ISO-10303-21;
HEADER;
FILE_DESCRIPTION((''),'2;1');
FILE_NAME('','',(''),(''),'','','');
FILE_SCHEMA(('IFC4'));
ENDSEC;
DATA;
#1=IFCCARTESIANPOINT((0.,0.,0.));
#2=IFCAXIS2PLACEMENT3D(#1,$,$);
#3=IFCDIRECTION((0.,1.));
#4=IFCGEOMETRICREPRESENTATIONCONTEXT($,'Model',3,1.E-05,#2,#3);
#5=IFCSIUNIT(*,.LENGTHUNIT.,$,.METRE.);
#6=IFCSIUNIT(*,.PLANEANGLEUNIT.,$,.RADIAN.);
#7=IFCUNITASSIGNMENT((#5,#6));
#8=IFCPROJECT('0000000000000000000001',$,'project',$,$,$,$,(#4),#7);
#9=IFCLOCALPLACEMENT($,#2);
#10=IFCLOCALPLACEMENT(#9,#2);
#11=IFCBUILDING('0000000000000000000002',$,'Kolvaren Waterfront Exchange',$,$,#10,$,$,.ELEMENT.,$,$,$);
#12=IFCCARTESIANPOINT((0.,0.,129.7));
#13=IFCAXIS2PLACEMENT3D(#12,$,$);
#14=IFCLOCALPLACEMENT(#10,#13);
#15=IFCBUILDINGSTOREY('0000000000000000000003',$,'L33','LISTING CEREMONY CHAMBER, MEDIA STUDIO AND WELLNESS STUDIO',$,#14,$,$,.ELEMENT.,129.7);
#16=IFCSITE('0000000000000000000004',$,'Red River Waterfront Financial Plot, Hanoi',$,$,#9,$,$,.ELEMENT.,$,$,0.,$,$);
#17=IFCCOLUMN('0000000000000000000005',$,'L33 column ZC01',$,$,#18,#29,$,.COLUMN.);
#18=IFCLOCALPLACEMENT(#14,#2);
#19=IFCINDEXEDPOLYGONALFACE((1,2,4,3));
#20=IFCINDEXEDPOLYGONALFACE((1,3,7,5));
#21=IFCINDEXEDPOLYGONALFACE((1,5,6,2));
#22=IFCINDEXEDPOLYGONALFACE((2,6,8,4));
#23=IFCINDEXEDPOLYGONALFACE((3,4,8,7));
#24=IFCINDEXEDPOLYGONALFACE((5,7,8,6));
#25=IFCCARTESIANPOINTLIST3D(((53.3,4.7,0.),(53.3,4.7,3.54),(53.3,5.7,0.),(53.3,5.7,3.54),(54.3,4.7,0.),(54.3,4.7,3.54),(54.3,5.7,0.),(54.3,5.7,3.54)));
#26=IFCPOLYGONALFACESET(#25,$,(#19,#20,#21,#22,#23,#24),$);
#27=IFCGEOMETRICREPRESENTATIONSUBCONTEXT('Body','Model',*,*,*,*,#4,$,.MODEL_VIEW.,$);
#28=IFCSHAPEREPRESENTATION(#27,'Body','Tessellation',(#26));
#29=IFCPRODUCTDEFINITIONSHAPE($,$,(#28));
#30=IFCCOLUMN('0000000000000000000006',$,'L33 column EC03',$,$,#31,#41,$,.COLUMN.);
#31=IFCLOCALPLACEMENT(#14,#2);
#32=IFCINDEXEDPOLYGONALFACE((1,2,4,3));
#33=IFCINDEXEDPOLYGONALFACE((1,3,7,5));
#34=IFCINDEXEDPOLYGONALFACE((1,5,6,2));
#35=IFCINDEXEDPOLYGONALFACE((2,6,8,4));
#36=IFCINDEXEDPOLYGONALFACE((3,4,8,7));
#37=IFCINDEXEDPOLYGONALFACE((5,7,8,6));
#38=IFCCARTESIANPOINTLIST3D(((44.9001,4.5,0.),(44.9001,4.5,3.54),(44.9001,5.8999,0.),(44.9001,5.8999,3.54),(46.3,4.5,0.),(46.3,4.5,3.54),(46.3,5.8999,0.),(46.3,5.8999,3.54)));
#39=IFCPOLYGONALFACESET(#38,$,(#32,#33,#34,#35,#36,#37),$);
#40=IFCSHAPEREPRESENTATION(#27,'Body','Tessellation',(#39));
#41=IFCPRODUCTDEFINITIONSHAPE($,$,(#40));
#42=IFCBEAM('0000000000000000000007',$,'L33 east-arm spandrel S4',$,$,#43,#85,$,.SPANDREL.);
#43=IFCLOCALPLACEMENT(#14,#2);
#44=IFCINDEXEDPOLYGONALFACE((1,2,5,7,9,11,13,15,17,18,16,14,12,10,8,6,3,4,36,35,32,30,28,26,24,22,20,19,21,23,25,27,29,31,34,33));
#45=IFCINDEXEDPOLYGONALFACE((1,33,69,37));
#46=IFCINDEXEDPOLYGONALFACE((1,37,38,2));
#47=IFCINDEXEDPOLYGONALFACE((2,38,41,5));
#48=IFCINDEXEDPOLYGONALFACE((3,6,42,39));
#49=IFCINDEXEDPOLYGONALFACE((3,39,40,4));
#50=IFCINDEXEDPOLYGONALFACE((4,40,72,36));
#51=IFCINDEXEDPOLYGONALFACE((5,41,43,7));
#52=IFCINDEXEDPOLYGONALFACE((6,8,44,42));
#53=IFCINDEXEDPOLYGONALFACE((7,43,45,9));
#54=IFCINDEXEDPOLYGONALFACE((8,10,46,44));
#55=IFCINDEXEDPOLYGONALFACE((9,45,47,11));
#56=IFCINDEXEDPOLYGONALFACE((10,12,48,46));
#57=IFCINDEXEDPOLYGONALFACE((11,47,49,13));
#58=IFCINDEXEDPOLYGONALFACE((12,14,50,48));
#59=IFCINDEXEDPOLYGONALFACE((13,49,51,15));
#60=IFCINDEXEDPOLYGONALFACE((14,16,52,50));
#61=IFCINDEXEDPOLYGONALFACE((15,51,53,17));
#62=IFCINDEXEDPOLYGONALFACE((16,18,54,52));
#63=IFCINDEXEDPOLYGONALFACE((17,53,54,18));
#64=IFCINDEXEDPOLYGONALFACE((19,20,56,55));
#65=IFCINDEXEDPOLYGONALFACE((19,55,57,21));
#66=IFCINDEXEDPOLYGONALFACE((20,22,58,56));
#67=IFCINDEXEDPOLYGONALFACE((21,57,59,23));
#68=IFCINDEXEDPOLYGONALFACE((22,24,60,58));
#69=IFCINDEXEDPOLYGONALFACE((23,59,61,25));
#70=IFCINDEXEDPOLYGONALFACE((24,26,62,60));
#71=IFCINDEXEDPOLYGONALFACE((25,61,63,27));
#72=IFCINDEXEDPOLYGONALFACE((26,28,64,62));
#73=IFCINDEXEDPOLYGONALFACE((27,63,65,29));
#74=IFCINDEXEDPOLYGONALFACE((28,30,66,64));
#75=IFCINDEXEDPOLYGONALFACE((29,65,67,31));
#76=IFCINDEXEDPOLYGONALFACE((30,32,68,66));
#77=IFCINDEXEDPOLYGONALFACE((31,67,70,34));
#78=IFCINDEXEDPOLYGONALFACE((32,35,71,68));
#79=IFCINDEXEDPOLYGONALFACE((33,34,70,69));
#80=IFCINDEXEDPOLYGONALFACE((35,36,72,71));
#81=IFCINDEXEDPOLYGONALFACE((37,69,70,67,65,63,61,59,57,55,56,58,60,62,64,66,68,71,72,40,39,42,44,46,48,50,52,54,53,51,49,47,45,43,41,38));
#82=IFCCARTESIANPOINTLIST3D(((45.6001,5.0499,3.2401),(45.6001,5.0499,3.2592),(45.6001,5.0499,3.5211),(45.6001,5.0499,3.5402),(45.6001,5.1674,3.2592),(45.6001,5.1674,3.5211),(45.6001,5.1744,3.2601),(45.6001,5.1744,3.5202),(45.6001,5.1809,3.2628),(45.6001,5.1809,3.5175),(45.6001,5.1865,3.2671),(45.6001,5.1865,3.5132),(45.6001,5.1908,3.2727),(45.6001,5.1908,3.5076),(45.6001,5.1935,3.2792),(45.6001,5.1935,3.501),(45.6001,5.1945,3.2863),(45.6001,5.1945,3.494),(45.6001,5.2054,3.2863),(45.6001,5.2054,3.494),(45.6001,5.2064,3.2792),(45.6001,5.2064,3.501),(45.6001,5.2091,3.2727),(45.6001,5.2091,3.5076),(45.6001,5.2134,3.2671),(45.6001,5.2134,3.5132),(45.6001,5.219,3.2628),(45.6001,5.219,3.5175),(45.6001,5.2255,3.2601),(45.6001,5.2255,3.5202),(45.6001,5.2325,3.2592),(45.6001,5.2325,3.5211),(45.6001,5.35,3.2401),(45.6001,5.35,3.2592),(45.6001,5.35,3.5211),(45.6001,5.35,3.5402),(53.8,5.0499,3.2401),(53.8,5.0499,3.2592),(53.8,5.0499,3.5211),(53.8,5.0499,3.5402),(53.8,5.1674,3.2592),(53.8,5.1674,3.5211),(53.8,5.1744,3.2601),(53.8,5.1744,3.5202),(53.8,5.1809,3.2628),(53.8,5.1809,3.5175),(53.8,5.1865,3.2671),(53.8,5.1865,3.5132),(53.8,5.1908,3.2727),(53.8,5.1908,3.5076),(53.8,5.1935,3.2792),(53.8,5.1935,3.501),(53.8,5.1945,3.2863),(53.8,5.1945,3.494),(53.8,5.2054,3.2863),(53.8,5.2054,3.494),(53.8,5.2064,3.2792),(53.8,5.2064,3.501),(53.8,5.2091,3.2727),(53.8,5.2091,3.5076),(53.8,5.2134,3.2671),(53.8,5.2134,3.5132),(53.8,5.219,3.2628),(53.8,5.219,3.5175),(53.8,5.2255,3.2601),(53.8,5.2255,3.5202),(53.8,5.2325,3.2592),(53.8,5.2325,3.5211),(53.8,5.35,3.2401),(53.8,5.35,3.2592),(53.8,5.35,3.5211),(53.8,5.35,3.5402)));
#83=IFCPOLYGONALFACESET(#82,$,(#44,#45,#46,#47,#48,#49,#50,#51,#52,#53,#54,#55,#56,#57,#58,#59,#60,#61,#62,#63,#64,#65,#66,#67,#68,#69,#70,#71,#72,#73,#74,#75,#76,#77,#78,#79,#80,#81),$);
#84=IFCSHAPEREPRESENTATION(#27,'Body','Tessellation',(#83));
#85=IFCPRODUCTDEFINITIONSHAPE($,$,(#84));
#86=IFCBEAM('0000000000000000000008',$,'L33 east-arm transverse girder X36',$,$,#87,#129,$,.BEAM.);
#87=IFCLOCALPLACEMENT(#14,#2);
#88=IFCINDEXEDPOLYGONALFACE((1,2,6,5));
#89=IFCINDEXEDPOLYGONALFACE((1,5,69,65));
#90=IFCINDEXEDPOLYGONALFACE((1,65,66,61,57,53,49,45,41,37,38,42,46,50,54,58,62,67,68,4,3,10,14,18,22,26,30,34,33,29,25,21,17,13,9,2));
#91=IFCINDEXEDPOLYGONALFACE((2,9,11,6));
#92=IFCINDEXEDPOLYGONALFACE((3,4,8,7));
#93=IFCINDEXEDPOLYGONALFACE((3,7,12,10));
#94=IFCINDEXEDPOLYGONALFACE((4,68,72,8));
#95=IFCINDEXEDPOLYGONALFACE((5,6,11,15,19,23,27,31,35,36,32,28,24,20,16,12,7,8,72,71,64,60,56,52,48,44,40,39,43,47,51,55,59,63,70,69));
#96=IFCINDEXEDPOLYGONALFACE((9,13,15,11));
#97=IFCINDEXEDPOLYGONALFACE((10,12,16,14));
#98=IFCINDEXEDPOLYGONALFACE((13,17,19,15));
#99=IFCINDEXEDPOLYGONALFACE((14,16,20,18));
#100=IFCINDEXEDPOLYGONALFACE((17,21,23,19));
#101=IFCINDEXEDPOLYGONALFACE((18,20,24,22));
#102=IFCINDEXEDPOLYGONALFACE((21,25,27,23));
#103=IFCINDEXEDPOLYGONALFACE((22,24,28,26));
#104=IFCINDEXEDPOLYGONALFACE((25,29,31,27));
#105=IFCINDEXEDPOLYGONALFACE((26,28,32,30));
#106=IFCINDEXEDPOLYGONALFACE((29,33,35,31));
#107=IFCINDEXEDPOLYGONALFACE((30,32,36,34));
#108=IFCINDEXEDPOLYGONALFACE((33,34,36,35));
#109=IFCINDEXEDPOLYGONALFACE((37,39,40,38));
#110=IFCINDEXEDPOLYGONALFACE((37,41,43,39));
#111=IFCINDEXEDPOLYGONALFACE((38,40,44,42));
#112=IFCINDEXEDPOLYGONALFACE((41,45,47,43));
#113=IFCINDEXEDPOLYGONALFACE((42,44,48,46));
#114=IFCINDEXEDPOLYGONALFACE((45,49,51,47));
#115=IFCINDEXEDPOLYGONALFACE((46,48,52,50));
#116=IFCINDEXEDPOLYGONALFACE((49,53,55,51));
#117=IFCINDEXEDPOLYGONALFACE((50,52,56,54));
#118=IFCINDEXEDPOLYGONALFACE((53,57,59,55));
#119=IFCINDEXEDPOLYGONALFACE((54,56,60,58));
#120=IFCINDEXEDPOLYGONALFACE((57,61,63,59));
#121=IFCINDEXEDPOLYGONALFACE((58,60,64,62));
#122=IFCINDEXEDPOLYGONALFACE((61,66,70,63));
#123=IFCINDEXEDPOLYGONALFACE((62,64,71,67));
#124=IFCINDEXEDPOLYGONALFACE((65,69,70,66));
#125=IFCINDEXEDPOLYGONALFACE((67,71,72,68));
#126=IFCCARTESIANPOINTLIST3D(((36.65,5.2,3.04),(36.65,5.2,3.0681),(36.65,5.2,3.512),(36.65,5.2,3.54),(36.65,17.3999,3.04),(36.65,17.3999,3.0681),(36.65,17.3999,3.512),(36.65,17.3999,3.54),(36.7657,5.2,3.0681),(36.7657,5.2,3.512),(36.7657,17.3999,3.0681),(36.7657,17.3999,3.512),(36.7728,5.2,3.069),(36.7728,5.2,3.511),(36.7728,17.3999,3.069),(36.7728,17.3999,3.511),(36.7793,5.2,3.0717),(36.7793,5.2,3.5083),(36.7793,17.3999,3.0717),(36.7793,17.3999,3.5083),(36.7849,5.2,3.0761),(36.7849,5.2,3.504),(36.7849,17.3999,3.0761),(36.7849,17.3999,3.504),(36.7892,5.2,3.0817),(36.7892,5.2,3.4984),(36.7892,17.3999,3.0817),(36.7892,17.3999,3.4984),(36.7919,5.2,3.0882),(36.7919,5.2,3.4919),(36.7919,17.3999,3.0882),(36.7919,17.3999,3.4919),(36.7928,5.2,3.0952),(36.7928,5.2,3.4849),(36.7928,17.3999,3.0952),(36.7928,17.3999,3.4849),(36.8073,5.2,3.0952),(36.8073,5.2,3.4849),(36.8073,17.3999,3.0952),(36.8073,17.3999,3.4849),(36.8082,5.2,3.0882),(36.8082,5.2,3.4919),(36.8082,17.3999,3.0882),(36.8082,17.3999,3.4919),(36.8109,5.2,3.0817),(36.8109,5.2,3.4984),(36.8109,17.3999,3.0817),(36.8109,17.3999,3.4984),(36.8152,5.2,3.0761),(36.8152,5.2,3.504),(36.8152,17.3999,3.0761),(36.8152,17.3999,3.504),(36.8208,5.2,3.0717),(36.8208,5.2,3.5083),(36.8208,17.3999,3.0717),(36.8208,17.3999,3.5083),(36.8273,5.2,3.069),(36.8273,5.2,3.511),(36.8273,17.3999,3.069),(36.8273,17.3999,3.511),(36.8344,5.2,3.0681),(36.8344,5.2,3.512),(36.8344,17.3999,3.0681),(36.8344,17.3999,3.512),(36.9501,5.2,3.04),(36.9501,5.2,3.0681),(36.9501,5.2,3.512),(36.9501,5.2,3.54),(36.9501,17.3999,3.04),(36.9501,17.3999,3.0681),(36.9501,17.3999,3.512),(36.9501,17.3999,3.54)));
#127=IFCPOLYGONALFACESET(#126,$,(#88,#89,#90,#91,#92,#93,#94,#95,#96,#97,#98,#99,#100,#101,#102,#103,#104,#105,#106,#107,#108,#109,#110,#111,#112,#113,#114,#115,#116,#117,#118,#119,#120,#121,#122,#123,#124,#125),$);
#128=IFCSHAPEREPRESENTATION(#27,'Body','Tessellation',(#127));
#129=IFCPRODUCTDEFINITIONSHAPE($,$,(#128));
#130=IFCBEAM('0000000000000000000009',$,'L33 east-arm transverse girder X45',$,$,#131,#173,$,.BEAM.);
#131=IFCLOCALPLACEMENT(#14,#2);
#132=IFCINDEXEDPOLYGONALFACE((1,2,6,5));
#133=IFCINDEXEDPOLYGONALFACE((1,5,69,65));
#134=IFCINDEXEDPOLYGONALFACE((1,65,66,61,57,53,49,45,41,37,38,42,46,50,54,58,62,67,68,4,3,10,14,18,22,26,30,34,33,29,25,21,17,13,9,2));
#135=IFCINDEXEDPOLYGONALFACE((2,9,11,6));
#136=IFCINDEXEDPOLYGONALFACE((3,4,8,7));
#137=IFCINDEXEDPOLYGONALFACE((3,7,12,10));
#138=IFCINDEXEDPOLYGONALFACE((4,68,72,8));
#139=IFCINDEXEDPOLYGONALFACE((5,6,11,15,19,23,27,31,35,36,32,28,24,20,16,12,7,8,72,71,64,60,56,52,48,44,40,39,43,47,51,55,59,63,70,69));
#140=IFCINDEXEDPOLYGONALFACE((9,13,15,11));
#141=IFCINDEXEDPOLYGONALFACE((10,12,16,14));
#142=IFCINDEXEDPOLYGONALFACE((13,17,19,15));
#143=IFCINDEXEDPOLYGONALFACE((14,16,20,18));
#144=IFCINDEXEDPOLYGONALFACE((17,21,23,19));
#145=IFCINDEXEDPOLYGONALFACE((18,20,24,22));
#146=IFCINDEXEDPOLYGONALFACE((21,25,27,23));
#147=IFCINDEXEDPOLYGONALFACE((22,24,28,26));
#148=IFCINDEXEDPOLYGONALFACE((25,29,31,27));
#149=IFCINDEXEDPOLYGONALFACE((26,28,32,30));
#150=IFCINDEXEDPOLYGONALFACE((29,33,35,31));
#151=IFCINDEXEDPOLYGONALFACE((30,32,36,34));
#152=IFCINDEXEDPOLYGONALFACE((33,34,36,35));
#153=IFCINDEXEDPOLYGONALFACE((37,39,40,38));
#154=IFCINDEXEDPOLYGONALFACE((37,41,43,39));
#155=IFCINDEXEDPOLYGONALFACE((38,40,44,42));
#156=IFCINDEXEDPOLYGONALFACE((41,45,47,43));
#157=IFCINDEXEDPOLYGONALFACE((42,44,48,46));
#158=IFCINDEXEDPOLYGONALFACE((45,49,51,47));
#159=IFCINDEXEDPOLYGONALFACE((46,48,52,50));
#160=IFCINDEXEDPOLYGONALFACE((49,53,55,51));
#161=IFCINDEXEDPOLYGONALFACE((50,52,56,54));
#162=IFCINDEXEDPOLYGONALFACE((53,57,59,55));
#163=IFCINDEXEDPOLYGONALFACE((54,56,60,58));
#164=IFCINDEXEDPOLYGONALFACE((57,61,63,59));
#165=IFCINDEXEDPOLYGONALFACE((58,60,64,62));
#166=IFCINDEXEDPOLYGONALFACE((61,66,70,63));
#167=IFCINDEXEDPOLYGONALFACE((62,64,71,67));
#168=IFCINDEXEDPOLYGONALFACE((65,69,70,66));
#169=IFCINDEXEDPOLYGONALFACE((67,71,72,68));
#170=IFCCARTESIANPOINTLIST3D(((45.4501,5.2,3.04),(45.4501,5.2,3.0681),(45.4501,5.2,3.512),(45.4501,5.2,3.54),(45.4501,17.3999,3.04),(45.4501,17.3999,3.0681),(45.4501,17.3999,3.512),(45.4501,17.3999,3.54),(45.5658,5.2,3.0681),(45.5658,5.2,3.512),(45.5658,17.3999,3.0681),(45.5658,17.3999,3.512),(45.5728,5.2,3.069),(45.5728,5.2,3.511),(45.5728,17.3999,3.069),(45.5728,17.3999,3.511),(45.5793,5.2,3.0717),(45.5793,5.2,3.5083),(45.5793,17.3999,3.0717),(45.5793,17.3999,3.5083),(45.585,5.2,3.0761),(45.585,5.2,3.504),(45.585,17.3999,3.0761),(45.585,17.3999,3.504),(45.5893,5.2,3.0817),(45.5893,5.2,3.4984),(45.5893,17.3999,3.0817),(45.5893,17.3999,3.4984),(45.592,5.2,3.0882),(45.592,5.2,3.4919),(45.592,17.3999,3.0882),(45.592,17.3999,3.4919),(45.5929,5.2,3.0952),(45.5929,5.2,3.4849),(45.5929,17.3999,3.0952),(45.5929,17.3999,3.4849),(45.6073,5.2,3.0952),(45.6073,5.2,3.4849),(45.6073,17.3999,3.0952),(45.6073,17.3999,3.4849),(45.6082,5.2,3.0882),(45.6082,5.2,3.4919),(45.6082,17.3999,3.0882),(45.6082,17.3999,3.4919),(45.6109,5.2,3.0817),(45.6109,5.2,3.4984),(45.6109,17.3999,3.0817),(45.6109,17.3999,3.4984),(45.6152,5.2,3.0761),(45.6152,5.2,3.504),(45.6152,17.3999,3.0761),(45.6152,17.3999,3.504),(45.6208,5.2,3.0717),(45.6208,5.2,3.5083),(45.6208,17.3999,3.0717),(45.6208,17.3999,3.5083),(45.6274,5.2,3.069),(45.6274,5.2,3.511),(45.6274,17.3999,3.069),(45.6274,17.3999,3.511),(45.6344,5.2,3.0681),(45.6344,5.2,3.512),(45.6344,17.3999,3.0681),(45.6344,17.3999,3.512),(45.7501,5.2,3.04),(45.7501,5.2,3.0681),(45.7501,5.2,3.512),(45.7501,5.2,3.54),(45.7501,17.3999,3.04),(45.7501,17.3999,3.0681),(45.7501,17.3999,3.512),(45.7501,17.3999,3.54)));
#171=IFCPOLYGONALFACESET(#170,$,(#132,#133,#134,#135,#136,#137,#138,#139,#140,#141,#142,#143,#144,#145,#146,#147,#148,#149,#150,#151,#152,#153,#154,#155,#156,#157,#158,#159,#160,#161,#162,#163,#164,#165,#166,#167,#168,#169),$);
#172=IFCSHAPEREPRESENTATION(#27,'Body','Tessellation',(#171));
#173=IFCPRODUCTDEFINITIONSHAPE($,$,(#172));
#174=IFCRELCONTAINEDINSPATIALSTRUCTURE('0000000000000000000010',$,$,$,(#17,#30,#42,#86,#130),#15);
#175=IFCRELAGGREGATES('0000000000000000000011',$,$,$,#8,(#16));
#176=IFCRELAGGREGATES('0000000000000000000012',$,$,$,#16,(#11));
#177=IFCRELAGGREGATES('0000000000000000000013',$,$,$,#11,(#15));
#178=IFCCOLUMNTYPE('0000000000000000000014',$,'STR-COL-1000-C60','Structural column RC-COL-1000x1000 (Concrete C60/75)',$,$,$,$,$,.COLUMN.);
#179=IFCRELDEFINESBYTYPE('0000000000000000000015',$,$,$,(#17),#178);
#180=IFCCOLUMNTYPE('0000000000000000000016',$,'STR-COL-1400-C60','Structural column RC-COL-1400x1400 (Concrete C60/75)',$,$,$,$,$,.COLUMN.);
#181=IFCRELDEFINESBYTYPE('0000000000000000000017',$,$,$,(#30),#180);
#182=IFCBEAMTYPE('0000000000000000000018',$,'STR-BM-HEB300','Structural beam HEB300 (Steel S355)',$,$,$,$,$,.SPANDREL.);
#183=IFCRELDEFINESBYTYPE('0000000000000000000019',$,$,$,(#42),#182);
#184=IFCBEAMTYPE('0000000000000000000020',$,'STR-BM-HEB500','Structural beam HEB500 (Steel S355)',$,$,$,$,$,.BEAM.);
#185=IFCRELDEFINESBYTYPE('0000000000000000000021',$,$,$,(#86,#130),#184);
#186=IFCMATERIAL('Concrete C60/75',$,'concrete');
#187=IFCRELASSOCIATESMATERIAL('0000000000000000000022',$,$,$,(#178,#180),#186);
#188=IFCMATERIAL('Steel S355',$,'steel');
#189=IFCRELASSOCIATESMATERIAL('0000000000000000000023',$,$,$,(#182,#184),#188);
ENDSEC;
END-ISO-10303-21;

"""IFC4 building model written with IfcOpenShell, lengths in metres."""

from ifc_helpers import new_model, si_unit, direction, frame, origin, origin_2d, place, context, subcontext, project, spatial, rectangle, i_section, extrude, material, material_profile, profile_set, type_object, element, save


model = new_model("IFC4")

# Units and contexts
model_context = context("Model", 3, precision=1e-05, world=origin(), true_north=direction((0.0, 1.0)))
body_context = subcontext(model_context, "Body", "Model", "MODEL_VIEW")
ifc_project = project(units=[si_unit("LENGTHUNIT", "METRE"), si_unit("PLANEANGLEUNIT", "RADIAN")], contexts=[model_context])

# Site, building, storey
site_placement = place(None, origin())
site = spatial("IfcSite", under=ifc_project, at=site_placement, Name="Red River Waterfront Financial Plot, Hanoi", CompositionType="ELEMENT", RefElevation=0.0)
building_placement = place(site_placement, origin())
building = spatial("IfcBuilding", under=site, at=building_placement, Name="Kolvaren Waterfront Exchange", CompositionType="ELEMENT")
storey_placement = place(building_placement, frame((0.0, 0.0, 129.7)))
storey = spatial("IfcBuildingStorey", under=building, at=storey_placement, Name="L33", Description="LISTING CEREMONY CHAMBER, MEDIA STUDIO AND WELLNESS STUDIO", CompositionType="ELEMENT", Elevation=129.7)

# Columns
ifc_material_1 = material(Name="Concrete C60/75", Category="concrete")
ifc_material_profile_1 = material_profile(ifc_material_1, rectangle(XDim=1.0, YDim=1.0, at=origin_2d()), Name="RC-COL-1000x1000")
ifc_profile_set_1 = profile_set([ifc_material_profile_1], Name="Concrete C60/75")
column_type_1 = type_object("IfcColumnType", Name="STR-COL-1000-C60", Description="Structural column RC-COL-1000x1000 (Concrete C60/75)", PredefinedType="COLUMN", material=ifc_profile_set_1)
column_1_placement = place(storey_placement, frame((53.8, 5.2, 0.0), z_axis=(0.0, 0.0, 1.0), x_axis=(1.0, 0.0, 0.0)))
element("IfcColumn", 1, at=column_1_placement, inside=storey, type_object=column_type_1, Name="L33 column ZC01", PredefinedType="COLUMN", context=body_context, shape_type="SweptSolid", body=[
    extrude(rectangle(XDim=1.0, YDim=1.0, at=origin_2d()), origin(), (0.0, 0.0, 1.0), 3.54),
])
ifc_material_profile_2 = material_profile(ifc_material_1, rectangle(XDim=1.3999, YDim=1.3999, at=origin_2d()), Name="RC-COL-1400x1400")
ifc_profile_set_2 = profile_set([ifc_material_profile_2], Name="Concrete C60/75")
column_type_2 = type_object("IfcColumnType", Name="STR-COL-1400-C60", Description="Structural column RC-COL-1400x1400 (Concrete C60/75)", PredefinedType="COLUMN", material=ifc_profile_set_2)
column_2_placement = place(storey_placement, frame((45.6001, 5.2, 0.0), z_axis=(0.0, 0.0, 1.0), x_axis=(1.0, 0.0, 0.0)))
element("IfcColumn", 2, at=column_2_placement, inside=storey, type_object=column_type_2, Name="L33 column EC03", PredefinedType="COLUMN", context=body_context, shape_type="SweptSolid", body=[
    extrude(rectangle(XDim=1.3999, YDim=1.3999, at=origin_2d()), origin(), (0.0, 0.0, 1.0), 3.54),
])

# Beams
ifc_material_2 = material(Name="Steel S355", Category="steel")
ifc_material_profile_3 = material_profile(ifc_material_2, i_section(OverallWidth=0.3, OverallDepth=0.3, WebThickness=0.011, FlangeThickness=0.019, FilletRadius=0.0271, at=origin_2d()), Name="HEB300")
ifc_profile_set_3 = profile_set([ifc_material_profile_3], Name="Steel S355")
beam_type_1 = type_object("IfcBeamType", Name="STR-BM-HEB300", Description="Structural beam HEB300 (Steel S355)", PredefinedType="SPANDREL", material=ifc_profile_set_3)
beam_1_placement = place(storey_placement, frame((45.6001, 5.2, 3.3901), z_axis=(1.0, 0.0, 0.0), x_axis=(0.0, 1.0, 0.0)))
element("IfcBeam", 3, at=beam_1_placement, inside=storey, type_object=beam_type_1, Name="L33 east-arm spandrel S4", PredefinedType="SPANDREL", context=body_context, shape_type="SweptSolid", body=[
    extrude(i_section(OverallWidth=0.3, OverallDepth=0.3, WebThickness=0.011, FlangeThickness=0.019, FilletRadius=0.0271, at=origin_2d()), origin(), (0.0, 0.0, 1.0), 8.2),
])
ifc_material_profile_4 = material_profile(ifc_material_2, i_section(OverallWidth=0.3, OverallDepth=0.5, WebThickness=0.0144, FlangeThickness=0.0281, FilletRadius=0.0271, at=origin_2d()), Name="HEB500")
ifc_profile_set_4 = profile_set([ifc_material_profile_4], Name="Steel S355")
beam_type_2 = type_object("IfcBeamType", Name="STR-BM-HEB500", Description="Structural beam HEB500 (Steel S355)", PredefinedType="BEAM", material=ifc_profile_set_4)
for number, where, z_axis, x_axis, name in (
    (4, (36.8, 5.2, 3.29), (0.0, 1.0, 0.0), (-1.0, 0.0, 0.0), "L33 east-arm transverse girder X36"),
    (5, (45.6001, 5.2, 3.29), (0.0, 1.0, 0.0), (-1.0, 0.0, 0.0), "L33 east-arm transverse girder X45"),
):
    element("IfcBeam", number, at=place(storey_placement, frame(where, z_axis=z_axis, x_axis=x_axis)), inside=storey, type_object=beam_type_2, Name=name, PredefinedType="BEAM", context=body_context, shape_type="SweptSolid", body=[
        extrude(i_section(OverallWidth=0.3, OverallDepth=0.5, WebThickness=0.0144, FlangeThickness=0.0281, FilletRadius=0.0271, at=origin_2d()), origin(), (0.0, 0.0, 1.0), 12.2),
    ])

save(model, "model.ifc")
